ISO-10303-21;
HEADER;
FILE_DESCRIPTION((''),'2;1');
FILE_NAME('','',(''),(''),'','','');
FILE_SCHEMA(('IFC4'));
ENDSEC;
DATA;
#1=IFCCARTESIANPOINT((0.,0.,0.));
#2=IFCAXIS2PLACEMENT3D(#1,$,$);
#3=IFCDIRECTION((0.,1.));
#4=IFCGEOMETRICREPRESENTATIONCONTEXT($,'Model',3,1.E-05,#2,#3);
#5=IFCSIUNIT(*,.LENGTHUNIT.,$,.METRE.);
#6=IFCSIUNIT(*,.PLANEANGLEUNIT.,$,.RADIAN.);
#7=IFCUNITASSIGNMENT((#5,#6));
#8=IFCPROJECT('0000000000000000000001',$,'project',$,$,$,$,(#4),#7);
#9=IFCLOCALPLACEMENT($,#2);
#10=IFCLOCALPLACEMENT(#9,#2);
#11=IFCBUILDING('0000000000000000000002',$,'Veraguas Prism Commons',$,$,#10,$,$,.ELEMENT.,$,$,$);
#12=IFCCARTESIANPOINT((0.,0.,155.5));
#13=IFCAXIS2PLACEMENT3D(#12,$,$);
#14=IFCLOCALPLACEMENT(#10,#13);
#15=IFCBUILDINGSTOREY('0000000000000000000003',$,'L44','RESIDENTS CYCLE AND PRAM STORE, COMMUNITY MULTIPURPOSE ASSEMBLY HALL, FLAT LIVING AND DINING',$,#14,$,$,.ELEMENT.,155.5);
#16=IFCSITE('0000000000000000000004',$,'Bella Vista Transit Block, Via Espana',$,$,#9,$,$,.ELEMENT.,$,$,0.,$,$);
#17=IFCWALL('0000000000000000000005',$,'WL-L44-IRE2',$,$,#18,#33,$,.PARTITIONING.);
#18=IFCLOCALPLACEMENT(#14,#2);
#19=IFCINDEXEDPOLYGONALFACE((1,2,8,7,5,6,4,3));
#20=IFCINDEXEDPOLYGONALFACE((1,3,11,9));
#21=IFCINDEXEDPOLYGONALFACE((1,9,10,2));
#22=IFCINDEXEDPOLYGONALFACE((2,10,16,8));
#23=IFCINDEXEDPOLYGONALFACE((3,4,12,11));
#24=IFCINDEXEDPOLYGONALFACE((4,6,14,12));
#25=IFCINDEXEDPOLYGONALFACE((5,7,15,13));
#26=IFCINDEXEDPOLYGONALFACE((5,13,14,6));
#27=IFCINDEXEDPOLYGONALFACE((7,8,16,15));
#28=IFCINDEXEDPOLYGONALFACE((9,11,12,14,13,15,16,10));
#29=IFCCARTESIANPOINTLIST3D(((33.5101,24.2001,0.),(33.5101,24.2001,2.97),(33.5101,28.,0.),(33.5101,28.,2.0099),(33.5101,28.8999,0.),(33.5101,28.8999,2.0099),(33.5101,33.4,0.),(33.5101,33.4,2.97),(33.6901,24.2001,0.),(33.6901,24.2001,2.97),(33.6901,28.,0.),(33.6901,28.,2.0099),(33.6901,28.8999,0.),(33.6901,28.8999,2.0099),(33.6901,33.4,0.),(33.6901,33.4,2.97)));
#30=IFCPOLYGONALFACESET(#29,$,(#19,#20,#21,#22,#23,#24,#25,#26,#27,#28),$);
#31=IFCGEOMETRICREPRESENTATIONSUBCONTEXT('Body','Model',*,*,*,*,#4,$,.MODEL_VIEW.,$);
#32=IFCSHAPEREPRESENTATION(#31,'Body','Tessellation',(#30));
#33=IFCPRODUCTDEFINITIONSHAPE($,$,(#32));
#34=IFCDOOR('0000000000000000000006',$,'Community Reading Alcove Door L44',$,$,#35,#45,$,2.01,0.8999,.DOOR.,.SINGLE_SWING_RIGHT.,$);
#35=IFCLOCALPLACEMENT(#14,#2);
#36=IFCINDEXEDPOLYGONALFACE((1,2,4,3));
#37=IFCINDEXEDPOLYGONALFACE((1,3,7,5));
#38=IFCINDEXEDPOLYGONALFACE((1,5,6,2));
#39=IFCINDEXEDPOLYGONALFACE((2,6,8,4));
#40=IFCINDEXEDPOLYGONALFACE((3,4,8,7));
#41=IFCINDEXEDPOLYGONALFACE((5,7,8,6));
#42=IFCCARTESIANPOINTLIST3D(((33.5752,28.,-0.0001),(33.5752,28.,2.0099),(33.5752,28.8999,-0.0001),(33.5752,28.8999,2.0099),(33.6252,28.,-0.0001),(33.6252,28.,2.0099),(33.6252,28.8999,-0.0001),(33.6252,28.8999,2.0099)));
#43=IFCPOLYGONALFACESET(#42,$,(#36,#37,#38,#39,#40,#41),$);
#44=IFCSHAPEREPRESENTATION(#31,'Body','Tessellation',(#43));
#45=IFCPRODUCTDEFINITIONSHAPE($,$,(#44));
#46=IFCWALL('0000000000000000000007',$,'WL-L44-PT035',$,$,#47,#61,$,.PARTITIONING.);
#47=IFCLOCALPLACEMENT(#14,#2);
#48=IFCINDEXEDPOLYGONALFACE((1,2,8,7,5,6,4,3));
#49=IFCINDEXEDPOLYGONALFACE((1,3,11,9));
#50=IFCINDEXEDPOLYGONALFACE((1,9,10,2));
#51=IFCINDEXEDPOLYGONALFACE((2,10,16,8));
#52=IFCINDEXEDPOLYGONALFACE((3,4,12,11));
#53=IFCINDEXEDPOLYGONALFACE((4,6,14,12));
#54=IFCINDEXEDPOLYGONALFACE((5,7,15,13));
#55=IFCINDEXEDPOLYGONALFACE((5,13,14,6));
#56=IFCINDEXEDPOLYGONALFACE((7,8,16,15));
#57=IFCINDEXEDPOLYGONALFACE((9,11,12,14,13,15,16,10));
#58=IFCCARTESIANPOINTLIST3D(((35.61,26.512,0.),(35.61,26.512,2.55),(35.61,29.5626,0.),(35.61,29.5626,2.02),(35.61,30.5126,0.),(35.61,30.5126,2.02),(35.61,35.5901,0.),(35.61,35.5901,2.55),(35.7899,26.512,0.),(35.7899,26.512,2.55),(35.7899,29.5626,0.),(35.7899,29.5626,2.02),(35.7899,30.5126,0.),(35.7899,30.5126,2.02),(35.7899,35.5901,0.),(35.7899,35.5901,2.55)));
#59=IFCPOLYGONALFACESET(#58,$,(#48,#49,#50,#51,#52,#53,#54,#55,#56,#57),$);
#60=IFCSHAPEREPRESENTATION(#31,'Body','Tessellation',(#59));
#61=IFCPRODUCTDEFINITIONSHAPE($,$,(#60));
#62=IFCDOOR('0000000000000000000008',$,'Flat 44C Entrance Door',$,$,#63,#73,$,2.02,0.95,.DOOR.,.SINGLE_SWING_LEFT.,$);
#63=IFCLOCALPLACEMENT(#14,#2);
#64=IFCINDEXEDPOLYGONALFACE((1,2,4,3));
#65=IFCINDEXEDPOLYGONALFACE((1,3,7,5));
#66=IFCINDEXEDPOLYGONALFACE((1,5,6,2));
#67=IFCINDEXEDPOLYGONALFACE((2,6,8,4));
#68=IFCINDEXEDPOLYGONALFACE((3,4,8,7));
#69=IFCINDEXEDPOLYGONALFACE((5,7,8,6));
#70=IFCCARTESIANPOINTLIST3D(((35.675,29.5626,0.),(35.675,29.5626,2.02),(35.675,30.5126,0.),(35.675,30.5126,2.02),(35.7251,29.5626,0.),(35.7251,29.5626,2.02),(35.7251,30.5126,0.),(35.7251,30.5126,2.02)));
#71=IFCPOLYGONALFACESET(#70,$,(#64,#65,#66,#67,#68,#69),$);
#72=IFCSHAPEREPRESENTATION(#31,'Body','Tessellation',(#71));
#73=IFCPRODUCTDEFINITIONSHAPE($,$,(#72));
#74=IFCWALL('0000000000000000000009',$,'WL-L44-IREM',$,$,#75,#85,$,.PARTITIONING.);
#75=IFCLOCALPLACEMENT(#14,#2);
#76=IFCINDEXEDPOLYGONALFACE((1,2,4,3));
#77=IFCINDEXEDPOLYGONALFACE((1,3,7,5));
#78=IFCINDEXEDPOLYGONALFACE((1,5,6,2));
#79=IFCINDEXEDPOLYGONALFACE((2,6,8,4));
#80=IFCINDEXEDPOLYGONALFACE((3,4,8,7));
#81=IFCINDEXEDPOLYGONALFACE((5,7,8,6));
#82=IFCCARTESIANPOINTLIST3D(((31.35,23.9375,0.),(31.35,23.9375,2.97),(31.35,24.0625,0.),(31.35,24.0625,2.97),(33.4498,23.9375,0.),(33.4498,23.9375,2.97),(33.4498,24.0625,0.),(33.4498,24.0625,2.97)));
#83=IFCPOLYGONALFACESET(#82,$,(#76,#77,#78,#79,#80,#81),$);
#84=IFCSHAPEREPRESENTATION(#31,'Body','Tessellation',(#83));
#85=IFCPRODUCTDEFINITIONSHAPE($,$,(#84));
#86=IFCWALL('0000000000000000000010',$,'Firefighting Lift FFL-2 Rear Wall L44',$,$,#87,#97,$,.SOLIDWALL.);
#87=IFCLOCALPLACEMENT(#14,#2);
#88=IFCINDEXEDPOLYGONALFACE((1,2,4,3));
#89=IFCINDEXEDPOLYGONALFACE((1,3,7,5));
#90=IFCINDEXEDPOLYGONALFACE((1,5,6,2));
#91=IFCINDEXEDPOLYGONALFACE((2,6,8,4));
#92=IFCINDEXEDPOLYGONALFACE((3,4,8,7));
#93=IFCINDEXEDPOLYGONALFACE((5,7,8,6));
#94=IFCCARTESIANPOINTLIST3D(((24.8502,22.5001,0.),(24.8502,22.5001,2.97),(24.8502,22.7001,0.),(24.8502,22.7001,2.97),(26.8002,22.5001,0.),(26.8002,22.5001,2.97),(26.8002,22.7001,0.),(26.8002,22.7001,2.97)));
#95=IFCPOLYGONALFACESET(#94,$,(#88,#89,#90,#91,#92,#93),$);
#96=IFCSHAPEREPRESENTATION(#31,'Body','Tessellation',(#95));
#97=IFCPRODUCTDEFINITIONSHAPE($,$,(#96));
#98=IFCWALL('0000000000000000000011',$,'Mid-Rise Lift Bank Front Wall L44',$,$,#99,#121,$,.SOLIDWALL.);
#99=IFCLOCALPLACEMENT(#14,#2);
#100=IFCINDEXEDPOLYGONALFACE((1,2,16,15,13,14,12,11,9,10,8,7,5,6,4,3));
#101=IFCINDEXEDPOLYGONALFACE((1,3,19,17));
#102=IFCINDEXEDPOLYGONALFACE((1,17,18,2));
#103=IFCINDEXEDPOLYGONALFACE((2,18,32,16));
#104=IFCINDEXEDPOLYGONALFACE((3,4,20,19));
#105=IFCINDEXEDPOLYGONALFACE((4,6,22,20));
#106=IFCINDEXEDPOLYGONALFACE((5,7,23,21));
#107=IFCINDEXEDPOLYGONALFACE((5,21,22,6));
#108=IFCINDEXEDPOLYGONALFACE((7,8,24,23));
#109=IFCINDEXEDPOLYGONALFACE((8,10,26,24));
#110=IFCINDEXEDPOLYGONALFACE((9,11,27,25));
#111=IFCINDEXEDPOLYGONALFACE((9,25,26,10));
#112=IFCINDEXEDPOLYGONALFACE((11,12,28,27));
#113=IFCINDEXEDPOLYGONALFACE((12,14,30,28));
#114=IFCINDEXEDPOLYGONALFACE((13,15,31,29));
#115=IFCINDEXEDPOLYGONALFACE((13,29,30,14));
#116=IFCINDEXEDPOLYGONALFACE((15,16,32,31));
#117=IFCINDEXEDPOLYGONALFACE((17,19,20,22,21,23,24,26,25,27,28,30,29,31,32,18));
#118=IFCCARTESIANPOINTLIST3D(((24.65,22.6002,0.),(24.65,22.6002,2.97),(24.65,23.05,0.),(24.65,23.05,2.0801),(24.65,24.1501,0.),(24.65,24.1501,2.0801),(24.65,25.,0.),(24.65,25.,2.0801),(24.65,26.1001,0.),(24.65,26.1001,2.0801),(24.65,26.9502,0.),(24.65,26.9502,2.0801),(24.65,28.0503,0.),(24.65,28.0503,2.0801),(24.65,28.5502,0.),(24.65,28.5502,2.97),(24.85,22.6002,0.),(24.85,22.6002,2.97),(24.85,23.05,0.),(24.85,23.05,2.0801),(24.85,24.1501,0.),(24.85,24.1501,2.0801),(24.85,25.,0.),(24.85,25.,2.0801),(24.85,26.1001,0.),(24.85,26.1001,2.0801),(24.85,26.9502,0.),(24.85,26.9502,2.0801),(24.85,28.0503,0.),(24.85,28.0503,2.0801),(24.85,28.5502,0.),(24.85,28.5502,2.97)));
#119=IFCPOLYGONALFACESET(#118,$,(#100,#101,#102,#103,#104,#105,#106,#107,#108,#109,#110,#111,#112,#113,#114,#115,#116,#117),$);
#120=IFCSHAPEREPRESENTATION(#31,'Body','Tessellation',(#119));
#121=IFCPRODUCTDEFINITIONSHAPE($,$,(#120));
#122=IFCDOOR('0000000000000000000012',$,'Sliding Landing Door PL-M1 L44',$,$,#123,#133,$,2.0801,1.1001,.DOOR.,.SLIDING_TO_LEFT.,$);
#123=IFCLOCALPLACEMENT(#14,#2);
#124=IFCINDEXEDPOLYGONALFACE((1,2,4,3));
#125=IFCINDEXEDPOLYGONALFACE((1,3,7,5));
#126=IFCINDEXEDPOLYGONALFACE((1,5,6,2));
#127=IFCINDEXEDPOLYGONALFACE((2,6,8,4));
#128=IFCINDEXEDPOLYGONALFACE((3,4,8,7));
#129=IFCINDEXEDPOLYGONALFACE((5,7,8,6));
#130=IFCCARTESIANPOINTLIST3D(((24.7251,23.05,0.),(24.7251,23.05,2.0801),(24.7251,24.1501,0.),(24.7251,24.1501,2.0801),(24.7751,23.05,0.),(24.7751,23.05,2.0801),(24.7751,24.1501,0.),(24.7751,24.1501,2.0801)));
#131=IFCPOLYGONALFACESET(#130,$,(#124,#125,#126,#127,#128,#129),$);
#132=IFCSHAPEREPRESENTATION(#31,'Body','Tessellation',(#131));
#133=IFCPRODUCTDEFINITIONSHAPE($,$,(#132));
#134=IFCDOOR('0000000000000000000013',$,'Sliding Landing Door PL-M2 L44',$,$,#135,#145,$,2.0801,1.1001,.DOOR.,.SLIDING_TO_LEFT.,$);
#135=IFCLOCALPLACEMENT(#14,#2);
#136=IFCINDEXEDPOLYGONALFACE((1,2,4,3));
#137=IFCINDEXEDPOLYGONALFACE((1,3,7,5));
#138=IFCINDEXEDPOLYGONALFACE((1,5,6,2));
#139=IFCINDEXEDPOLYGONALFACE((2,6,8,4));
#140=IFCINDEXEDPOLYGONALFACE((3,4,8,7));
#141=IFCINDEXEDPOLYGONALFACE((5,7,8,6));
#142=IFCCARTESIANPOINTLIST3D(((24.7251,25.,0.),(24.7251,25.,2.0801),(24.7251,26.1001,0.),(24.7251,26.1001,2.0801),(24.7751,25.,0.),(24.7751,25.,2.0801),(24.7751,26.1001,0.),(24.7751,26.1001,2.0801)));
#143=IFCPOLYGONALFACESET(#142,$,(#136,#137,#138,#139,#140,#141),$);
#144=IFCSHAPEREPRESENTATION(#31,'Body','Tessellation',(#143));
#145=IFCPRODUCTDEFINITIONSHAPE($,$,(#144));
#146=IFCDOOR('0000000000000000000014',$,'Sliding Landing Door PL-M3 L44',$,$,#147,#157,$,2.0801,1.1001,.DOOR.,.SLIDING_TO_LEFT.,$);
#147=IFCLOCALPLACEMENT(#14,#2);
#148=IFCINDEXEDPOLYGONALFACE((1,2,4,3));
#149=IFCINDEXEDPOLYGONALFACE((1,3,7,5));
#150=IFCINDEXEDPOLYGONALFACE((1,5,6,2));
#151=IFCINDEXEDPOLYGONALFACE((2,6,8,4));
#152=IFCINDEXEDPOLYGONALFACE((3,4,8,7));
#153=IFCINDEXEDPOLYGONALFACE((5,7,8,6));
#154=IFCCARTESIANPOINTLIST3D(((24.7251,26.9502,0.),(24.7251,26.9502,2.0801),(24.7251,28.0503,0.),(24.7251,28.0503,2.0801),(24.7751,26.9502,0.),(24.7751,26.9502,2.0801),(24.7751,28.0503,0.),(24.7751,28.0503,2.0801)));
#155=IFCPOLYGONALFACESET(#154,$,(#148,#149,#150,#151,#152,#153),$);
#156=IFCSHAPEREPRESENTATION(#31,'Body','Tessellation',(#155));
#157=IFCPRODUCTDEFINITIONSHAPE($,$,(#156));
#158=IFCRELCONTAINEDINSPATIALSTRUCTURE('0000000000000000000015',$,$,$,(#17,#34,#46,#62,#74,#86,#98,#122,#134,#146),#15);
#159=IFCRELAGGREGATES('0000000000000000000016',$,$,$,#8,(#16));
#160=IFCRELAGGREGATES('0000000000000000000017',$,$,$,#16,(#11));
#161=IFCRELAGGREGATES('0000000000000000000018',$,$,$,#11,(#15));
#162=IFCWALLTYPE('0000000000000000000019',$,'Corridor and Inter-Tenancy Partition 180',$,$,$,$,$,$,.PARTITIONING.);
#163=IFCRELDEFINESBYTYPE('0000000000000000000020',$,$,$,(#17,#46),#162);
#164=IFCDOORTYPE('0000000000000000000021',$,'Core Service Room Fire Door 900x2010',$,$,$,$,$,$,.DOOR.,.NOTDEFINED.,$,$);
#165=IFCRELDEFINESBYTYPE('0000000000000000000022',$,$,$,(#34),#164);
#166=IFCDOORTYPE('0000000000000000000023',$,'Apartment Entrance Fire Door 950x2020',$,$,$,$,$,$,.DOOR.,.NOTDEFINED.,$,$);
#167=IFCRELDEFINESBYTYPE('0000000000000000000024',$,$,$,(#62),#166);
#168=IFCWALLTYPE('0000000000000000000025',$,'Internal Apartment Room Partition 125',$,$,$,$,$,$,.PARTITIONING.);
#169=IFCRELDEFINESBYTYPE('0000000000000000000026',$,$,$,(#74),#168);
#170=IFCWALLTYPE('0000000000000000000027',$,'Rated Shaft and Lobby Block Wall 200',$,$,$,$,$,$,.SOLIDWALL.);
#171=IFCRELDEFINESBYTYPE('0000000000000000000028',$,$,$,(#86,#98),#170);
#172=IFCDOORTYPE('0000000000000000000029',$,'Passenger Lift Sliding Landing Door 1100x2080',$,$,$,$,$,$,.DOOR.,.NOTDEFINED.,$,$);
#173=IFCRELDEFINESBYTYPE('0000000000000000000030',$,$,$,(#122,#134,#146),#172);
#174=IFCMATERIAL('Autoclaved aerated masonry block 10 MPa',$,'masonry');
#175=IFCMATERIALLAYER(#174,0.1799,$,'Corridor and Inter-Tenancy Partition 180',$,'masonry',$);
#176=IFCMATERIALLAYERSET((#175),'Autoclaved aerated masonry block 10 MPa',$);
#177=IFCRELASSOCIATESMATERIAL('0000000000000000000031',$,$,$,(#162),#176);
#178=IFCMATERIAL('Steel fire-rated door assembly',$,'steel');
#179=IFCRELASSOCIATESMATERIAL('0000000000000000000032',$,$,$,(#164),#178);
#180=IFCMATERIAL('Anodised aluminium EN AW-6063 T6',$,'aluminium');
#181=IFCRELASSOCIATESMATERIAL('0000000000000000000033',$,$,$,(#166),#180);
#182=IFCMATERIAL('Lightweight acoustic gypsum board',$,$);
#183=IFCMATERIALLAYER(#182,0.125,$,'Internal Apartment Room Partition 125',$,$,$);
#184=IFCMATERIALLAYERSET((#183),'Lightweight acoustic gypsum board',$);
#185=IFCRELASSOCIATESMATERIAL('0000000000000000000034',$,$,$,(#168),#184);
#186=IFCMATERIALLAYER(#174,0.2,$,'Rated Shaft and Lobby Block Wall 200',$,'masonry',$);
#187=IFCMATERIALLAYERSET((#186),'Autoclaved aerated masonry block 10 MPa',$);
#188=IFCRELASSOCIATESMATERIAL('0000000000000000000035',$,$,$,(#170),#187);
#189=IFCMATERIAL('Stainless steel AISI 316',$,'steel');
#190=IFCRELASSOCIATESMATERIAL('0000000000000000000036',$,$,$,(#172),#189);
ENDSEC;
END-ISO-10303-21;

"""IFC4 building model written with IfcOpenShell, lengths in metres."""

from ifc_helpers import new_model, si_unit, direction, frame, frame_2d, origin, place, context, subcontext, project, spatial, rectangle, extrude, source, transform, mapped, material, layer, layer_set, type_object, element, fill, save


model = new_model("IFC4")

# Units and contexts
model_context = context("Model", 3, precision=1e-05, world=origin(), true_north=direction((0.0, 1.0)))
body_context = subcontext(model_context, "Body", "Model", "MODEL_VIEW")
ifc_project = project(units=[si_unit("LENGTHUNIT", "METRE"), si_unit("PLANEANGLEUNIT", "RADIAN")], contexts=[model_context])

# Site, building, storey
site_placement = place(None, origin())
site = spatial("IfcSite", under=ifc_project, at=site_placement, Name="Bella Vista Transit Block, Via Espana", CompositionType="ELEMENT", RefElevation=0.0)
building_placement = place(site_placement, origin())
building = spatial("IfcBuilding", under=site, at=building_placement, Name="Veraguas Prism Commons", CompositionType="ELEMENT")
storey_placement = place(building_placement, frame((0.0, 0.0, 155.5)))
storey = spatial("IfcBuildingStorey", under=building, at=storey_placement, Name="L44", Description="RESIDENTS CYCLE AND PRAM STORE, COMMUNITY MULTIPURPOSE ASSEMBLY HALL, FLAT LIVING AND DINING", CompositionType="ELEMENT", Elevation=155.5)

# Walls, openings, doors
ifc_material_1 = material(Name="Steel fire-rated door assembly", Category="steel")
ifc_material_2 = material(Name="Autoclaved aerated masonry block 10 MPa", Category="masonry")
ifc_layer_1 = layer(ifc_material_2, 0.1799, Name="Corridor and Inter-Tenancy Partition 180", Category="masonry")
ifc_layer_set_1 = layer_set([ifc_layer_1], Name="Autoclaved aerated masonry block 10 MPa")
wall_type_1 = type_object("IfcWallType", Name="Corridor and Inter-Tenancy Partition 180", PredefinedType="PARTITIONING", material=ifc_layer_set_1)
door_type_1 = type_object("IfcDoorType", Name="Core Service Room Fire Door 900x2010", OperationType="NOTDEFINED", PredefinedType="DOOR", material=ifc_material_1)
shared_shape_1 = source(origin(), body_context, "Body", "SweptSolid", [
    extrude(rectangle(XDim=0.8999, YDim=2.01, at=frame_2d((0.45, 1.0049))), frame((0.0, 0.0249, 0.0), z_axis=(0.0, -1.0, 0.0), x_axis=(1.0, 0.0, 0.0)), (0.0, 0.0, 1.0), 0.05),
])
wall_1_placement = place(storey_placement, frame((33.6001, 24.2, 0.0), z_axis=(0.0, 0.0, 1.0), x_axis=(0.0, 1.0, 0.0)))
wall_1 = element("IfcWall", 1, at=wall_1_placement, inside=storey, type_object=wall_type_1, Name="WL-L44-IRE2", PredefinedType="PARTITIONING", context=body_context, shape_type="SweptSolid", body=[
    extrude(rectangle(XDim=9.2, YDim=0.1799, at=frame_2d((4.6001, 0.0))), origin(), (0.0, 0.0, 1.0), 2.97),
])
opening_1_placement = place(wall_1_placement, frame((3.8, 0.0, 0.0)))
opening_1 = element("IfcOpeningElement", 2, at=opening_1_placement, cuts=wall_1, PredefinedType="OPENING", context=body_context, shape_type="SweptSolid", body=[
    extrude(rectangle(XDim=0.8999, YDim=2.01, at=frame_2d((0.45, 1.0049))), frame((0.0, 0.0999, 0.0), z_axis=(0.0, -1.0, 0.0), x_axis=(1.0, 0.0, 0.0)), (0.0, 0.0, 1.0), 0.2),
])
door_1_placement = place(opening_1_placement, origin())
door_1 = element("IfcDoor", 3, at=door_1_placement, inside=storey, type_object=door_type_1, Name="Community Reading Alcove Door L44", OperationType="SINGLE_SWING_RIGHT", OverallHeight=2.01, OverallWidth=0.8999, PredefinedType="DOOR", context=body_context, shape_type="MappedRepresentation", body=[
    mapped(shared_shape_1, transform((0.0, 0.0, 0.0), scale=1.0)),
])
fill(opening_1, door_1)
wall_2_placement = place(storey_placement, frame((35.7, 26.512, 0.0), z_axis=(0.0, 0.0, 1.0), x_axis=(0.0, 1.0, 0.0)))
wall_2 = element("IfcWall", 4, at=wall_2_placement, inside=storey, type_object=wall_type_1, Name="WL-L44-PT035", PredefinedType="PARTITIONING", context=body_context, shape_type="SweptSolid", body=[
    extrude(rectangle(XDim=9.0781, YDim=0.1799, at=frame_2d((4.5391, 0.0))), origin(), (0.0, 0.0, 1.0), 2.55),
])
opening_2_placement = place(wall_2_placement, frame((3.0505, 0.0, 0.0)))
opening_2 = element("IfcOpeningElement", 5, at=opening_2_placement, cuts=wall_2, PredefinedType="OPENING", context=body_context, shape_type="SweptSolid", body=[
    extrude(rectangle(XDim=0.95, YDim=2.02, at=frame_2d((0.4751, 1.01))), frame((0.0, 0.0999, 0.0), z_axis=(0.0, -1.0, 0.0), x_axis=(1.0, 0.0, 0.0)), (0.0, 0.0, 1.0), 0.2),
])
ifc_material_3 = material(Name="Anodised aluminium EN AW-6063 T6", Category="aluminium")
door_type_2 = type_object("IfcDoorType", Name="Apartment Entrance Fire Door 950x2020", OperationType="NOTDEFINED", PredefinedType="DOOR", material=ifc_material_3)
shared_shape_2 = source(origin(), body_context, "Body", "SweptSolid", [
    extrude(rectangle(XDim=0.95, YDim=2.02, at=frame_2d((0.4751, 1.01))), frame((0.0, 0.0249, 0.0), z_axis=(0.0, -1.0, 0.0), x_axis=(1.0, 0.0, 0.0)), (0.0, 0.0, 1.0), 0.05),
])
door_2_placement = place(opening_2_placement, origin())
door_2 = element("IfcDoor", 6, at=door_2_placement, inside=storey, type_object=door_type_2, Name="Flat 44C Entrance Door", OperationType="SINGLE_SWING_LEFT", OverallHeight=2.02, OverallWidth=0.95, PredefinedType="DOOR", context=body_context, shape_type="MappedRepresentation", body=[
    mapped(shared_shape_2, transform((0.0, 0.0, 0.0), scale=1.0)),
])
fill(opening_2, door_2)

# Walls
ifc_material_4 = material(Name="Lightweight acoustic gypsum board")
ifc_layer_2 = layer(ifc_material_4, 0.125, Name="Internal Apartment Room Partition 125")
ifc_layer_set_2 = layer_set([ifc_layer_2], Name="Lightweight acoustic gypsum board")
wall_type_2 = type_object("IfcWallType", Name="Internal Apartment Room Partition 125", PredefinedType="PARTITIONING", material=ifc_layer_set_2)
wall_3_placement = place(storey_placement, frame((31.3501, 24.0, 0.0), z_axis=(0.0, 0.0, 1.0), x_axis=(1.0, 0.0, 0.0)))
element("IfcWall", 7, at=wall_3_placement, inside=storey, type_object=wall_type_2, Name="WL-L44-IREM", PredefinedType="PARTITIONING", context=body_context, shape_type="SweptSolid", body=[
    extrude(rectangle(XDim=2.0999, YDim=0.125, at=frame_2d((1.0498, 0.0))), origin(), (0.0, 0.0, 1.0), 2.97),
])
ifc_layer_3 = layer(ifc_material_2, 0.2, Name="Rated Shaft and Lobby Block Wall 200", Category="masonry")
ifc_layer_set_3 = layer_set([ifc_layer_3], Name="Autoclaved aerated masonry block 10 MPa")
wall_type_3 = type_object("IfcWallType", Name="Rated Shaft and Lobby Block Wall 200", PredefinedType="SOLIDWALL", material=ifc_layer_set_3)
wall_4_placement = place(storey_placement, frame((24.8501, 22.6001, 0.0), z_axis=(0.0, 0.0, 1.0), x_axis=(1.0, 0.0, 0.0)))
element("IfcWall", 8, at=wall_4_placement, inside=storey, type_object=wall_type_3, Name="Firefighting Lift FFL-2 Rear Wall L44", PredefinedType="SOLIDWALL", context=body_context, shape_type="SweptSolid", body=[
    extrude(rectangle(XDim=1.95, YDim=0.2, at=frame_2d((0.9751, 0.0))), origin(), (0.0, 0.0, 1.0), 2.97),
])

# Wall, openings, doors
wall_5_placement = place(storey_placement, frame((24.75, 22.6001, 0.0), z_axis=(0.0, 0.0, 1.0), x_axis=(0.0, 1.0, 0.0)))
wall_5 = element("IfcWall", 9, at=wall_5_placement, inside=storey, type_object=wall_type_3, Name="Mid-Rise Lift Bank Front Wall L44", PredefinedType="SOLIDWALL", context=body_context, shape_type="SweptSolid", body=[
    extrude(rectangle(XDim=5.95, YDim=0.2, at=frame_2d((2.9751, 0.0))), origin(), (0.0, 0.0, 1.0), 2.97),
])
opening_3_placement = place(wall_5_placement, frame((0.45, 0.0, 0.0)))
opening_3 = element("IfcOpeningElement", 10, at=opening_3_placement, cuts=wall_5, PredefinedType="OPENING", context=body_context, shape_type="SweptSolid", body=[
    extrude(rectangle(XDim=1.1001, YDim=2.0801, at=frame_2d((0.55, 1.04))), frame((0.0, 0.1099, 0.0), z_axis=(0.0, -1.0, 0.0), x_axis=(1.0, 0.0, 0.0)), (0.0, 0.0, 1.0), 0.22),
])
opening_4_placement = place(wall_5_placement, frame((2.3999, 0.0, 0.0)))
opening_4 = element("IfcOpeningElement", 11, at=opening_4_placement, cuts=wall_5, PredefinedType="OPENING", context=body_context, shape_type="SweptSolid", body=[
    extrude(rectangle(XDim=1.1001, YDim=2.0801, at=frame_2d((0.55, 1.04))), frame((0.0, 0.1099, 0.0), z_axis=(0.0, -1.0, 0.0), x_axis=(1.0, 0.0, 0.0)), (0.0, 0.0, 1.0), 0.22),
])
opening_5_placement = place(wall_5_placement, frame((4.3501, 0.0, 0.0)))
opening_5 = element("IfcOpeningElement", 12, at=opening_5_placement, cuts=wall_5, PredefinedType="OPENING", context=body_context, shape_type="SweptSolid", body=[
    extrude(rectangle(XDim=1.1001, YDim=2.0801, at=frame_2d((0.55, 1.04))), frame((0.0, 0.1099, 0.0), z_axis=(0.0, -1.0, 0.0), x_axis=(1.0, 0.0, 0.0)), (0.0, 0.0, 1.0), 0.22),
])
ifc_material_5 = material(Name="Stainless steel AISI 316", Category="steel")
door_type_3 = type_object("IfcDoorType", Name="Passenger Lift Sliding Landing Door 1100x2080", OperationType="NOTDEFINED", PredefinedType="DOOR", material=ifc_material_5)
shared_shape_3 = source(origin(), body_context, "Body", "SweptSolid", [
    extrude(rectangle(XDim=1.1001, YDim=2.0801, at=frame_2d((0.55, 1.04))), frame((0.0, 0.0249, 0.0), z_axis=(0.0, -1.0, 0.0), x_axis=(1.0, 0.0, 0.0)), (0.0, 0.0, 1.0), 0.05),
])
door_3_placement = place(opening_3_placement, origin())
door_3 = element("IfcDoor", 13, at=door_3_placement, inside=storey, type_object=door_type_3, Name="Sliding Landing Door PL-M1 L44", OperationType="SLIDING_TO_LEFT", OverallHeight=2.0801, OverallWidth=1.1001, PredefinedType="DOOR", context=body_context, shape_type="MappedRepresentation", body=[
    mapped(shared_shape_3, transform((0.0, 0.0, 0.0), scale=1.0)),
])
fill(opening_3, door_3)
door_4_placement = place(opening_4_placement, origin())
door_4 = element("IfcDoor", 14, at=door_4_placement, inside=storey, type_object=door_type_3, Name="Sliding Landing Door PL-M2 L44", OperationType="SLIDING_TO_LEFT", OverallHeight=2.0801, OverallWidth=1.1001, PredefinedType="DOOR", context=body_context, shape_type="MappedRepresentation", body=[
    mapped(shared_shape_3, transform((0.0, 0.0, 0.0), scale=1.0)),
])
fill(opening_4, door_4)
door_5_placement = place(opening_5_placement, origin())
door_5 = element("IfcDoor", 15, at=door_5_placement, inside=storey, type_object=door_type_3, Name="Sliding Landing Door PL-M3 L44", OperationType="SLIDING_TO_LEFT", OverallHeight=2.0801, OverallWidth=1.1001, PredefinedType="DOOR", context=body_context, shape_type="MappedRepresentation", body=[
    mapped(shared_shape_3, transform((0.0, 0.0, 0.0), scale=1.0)),
])
fill(opening_5, door_5)

save(model, "model.ifc")
